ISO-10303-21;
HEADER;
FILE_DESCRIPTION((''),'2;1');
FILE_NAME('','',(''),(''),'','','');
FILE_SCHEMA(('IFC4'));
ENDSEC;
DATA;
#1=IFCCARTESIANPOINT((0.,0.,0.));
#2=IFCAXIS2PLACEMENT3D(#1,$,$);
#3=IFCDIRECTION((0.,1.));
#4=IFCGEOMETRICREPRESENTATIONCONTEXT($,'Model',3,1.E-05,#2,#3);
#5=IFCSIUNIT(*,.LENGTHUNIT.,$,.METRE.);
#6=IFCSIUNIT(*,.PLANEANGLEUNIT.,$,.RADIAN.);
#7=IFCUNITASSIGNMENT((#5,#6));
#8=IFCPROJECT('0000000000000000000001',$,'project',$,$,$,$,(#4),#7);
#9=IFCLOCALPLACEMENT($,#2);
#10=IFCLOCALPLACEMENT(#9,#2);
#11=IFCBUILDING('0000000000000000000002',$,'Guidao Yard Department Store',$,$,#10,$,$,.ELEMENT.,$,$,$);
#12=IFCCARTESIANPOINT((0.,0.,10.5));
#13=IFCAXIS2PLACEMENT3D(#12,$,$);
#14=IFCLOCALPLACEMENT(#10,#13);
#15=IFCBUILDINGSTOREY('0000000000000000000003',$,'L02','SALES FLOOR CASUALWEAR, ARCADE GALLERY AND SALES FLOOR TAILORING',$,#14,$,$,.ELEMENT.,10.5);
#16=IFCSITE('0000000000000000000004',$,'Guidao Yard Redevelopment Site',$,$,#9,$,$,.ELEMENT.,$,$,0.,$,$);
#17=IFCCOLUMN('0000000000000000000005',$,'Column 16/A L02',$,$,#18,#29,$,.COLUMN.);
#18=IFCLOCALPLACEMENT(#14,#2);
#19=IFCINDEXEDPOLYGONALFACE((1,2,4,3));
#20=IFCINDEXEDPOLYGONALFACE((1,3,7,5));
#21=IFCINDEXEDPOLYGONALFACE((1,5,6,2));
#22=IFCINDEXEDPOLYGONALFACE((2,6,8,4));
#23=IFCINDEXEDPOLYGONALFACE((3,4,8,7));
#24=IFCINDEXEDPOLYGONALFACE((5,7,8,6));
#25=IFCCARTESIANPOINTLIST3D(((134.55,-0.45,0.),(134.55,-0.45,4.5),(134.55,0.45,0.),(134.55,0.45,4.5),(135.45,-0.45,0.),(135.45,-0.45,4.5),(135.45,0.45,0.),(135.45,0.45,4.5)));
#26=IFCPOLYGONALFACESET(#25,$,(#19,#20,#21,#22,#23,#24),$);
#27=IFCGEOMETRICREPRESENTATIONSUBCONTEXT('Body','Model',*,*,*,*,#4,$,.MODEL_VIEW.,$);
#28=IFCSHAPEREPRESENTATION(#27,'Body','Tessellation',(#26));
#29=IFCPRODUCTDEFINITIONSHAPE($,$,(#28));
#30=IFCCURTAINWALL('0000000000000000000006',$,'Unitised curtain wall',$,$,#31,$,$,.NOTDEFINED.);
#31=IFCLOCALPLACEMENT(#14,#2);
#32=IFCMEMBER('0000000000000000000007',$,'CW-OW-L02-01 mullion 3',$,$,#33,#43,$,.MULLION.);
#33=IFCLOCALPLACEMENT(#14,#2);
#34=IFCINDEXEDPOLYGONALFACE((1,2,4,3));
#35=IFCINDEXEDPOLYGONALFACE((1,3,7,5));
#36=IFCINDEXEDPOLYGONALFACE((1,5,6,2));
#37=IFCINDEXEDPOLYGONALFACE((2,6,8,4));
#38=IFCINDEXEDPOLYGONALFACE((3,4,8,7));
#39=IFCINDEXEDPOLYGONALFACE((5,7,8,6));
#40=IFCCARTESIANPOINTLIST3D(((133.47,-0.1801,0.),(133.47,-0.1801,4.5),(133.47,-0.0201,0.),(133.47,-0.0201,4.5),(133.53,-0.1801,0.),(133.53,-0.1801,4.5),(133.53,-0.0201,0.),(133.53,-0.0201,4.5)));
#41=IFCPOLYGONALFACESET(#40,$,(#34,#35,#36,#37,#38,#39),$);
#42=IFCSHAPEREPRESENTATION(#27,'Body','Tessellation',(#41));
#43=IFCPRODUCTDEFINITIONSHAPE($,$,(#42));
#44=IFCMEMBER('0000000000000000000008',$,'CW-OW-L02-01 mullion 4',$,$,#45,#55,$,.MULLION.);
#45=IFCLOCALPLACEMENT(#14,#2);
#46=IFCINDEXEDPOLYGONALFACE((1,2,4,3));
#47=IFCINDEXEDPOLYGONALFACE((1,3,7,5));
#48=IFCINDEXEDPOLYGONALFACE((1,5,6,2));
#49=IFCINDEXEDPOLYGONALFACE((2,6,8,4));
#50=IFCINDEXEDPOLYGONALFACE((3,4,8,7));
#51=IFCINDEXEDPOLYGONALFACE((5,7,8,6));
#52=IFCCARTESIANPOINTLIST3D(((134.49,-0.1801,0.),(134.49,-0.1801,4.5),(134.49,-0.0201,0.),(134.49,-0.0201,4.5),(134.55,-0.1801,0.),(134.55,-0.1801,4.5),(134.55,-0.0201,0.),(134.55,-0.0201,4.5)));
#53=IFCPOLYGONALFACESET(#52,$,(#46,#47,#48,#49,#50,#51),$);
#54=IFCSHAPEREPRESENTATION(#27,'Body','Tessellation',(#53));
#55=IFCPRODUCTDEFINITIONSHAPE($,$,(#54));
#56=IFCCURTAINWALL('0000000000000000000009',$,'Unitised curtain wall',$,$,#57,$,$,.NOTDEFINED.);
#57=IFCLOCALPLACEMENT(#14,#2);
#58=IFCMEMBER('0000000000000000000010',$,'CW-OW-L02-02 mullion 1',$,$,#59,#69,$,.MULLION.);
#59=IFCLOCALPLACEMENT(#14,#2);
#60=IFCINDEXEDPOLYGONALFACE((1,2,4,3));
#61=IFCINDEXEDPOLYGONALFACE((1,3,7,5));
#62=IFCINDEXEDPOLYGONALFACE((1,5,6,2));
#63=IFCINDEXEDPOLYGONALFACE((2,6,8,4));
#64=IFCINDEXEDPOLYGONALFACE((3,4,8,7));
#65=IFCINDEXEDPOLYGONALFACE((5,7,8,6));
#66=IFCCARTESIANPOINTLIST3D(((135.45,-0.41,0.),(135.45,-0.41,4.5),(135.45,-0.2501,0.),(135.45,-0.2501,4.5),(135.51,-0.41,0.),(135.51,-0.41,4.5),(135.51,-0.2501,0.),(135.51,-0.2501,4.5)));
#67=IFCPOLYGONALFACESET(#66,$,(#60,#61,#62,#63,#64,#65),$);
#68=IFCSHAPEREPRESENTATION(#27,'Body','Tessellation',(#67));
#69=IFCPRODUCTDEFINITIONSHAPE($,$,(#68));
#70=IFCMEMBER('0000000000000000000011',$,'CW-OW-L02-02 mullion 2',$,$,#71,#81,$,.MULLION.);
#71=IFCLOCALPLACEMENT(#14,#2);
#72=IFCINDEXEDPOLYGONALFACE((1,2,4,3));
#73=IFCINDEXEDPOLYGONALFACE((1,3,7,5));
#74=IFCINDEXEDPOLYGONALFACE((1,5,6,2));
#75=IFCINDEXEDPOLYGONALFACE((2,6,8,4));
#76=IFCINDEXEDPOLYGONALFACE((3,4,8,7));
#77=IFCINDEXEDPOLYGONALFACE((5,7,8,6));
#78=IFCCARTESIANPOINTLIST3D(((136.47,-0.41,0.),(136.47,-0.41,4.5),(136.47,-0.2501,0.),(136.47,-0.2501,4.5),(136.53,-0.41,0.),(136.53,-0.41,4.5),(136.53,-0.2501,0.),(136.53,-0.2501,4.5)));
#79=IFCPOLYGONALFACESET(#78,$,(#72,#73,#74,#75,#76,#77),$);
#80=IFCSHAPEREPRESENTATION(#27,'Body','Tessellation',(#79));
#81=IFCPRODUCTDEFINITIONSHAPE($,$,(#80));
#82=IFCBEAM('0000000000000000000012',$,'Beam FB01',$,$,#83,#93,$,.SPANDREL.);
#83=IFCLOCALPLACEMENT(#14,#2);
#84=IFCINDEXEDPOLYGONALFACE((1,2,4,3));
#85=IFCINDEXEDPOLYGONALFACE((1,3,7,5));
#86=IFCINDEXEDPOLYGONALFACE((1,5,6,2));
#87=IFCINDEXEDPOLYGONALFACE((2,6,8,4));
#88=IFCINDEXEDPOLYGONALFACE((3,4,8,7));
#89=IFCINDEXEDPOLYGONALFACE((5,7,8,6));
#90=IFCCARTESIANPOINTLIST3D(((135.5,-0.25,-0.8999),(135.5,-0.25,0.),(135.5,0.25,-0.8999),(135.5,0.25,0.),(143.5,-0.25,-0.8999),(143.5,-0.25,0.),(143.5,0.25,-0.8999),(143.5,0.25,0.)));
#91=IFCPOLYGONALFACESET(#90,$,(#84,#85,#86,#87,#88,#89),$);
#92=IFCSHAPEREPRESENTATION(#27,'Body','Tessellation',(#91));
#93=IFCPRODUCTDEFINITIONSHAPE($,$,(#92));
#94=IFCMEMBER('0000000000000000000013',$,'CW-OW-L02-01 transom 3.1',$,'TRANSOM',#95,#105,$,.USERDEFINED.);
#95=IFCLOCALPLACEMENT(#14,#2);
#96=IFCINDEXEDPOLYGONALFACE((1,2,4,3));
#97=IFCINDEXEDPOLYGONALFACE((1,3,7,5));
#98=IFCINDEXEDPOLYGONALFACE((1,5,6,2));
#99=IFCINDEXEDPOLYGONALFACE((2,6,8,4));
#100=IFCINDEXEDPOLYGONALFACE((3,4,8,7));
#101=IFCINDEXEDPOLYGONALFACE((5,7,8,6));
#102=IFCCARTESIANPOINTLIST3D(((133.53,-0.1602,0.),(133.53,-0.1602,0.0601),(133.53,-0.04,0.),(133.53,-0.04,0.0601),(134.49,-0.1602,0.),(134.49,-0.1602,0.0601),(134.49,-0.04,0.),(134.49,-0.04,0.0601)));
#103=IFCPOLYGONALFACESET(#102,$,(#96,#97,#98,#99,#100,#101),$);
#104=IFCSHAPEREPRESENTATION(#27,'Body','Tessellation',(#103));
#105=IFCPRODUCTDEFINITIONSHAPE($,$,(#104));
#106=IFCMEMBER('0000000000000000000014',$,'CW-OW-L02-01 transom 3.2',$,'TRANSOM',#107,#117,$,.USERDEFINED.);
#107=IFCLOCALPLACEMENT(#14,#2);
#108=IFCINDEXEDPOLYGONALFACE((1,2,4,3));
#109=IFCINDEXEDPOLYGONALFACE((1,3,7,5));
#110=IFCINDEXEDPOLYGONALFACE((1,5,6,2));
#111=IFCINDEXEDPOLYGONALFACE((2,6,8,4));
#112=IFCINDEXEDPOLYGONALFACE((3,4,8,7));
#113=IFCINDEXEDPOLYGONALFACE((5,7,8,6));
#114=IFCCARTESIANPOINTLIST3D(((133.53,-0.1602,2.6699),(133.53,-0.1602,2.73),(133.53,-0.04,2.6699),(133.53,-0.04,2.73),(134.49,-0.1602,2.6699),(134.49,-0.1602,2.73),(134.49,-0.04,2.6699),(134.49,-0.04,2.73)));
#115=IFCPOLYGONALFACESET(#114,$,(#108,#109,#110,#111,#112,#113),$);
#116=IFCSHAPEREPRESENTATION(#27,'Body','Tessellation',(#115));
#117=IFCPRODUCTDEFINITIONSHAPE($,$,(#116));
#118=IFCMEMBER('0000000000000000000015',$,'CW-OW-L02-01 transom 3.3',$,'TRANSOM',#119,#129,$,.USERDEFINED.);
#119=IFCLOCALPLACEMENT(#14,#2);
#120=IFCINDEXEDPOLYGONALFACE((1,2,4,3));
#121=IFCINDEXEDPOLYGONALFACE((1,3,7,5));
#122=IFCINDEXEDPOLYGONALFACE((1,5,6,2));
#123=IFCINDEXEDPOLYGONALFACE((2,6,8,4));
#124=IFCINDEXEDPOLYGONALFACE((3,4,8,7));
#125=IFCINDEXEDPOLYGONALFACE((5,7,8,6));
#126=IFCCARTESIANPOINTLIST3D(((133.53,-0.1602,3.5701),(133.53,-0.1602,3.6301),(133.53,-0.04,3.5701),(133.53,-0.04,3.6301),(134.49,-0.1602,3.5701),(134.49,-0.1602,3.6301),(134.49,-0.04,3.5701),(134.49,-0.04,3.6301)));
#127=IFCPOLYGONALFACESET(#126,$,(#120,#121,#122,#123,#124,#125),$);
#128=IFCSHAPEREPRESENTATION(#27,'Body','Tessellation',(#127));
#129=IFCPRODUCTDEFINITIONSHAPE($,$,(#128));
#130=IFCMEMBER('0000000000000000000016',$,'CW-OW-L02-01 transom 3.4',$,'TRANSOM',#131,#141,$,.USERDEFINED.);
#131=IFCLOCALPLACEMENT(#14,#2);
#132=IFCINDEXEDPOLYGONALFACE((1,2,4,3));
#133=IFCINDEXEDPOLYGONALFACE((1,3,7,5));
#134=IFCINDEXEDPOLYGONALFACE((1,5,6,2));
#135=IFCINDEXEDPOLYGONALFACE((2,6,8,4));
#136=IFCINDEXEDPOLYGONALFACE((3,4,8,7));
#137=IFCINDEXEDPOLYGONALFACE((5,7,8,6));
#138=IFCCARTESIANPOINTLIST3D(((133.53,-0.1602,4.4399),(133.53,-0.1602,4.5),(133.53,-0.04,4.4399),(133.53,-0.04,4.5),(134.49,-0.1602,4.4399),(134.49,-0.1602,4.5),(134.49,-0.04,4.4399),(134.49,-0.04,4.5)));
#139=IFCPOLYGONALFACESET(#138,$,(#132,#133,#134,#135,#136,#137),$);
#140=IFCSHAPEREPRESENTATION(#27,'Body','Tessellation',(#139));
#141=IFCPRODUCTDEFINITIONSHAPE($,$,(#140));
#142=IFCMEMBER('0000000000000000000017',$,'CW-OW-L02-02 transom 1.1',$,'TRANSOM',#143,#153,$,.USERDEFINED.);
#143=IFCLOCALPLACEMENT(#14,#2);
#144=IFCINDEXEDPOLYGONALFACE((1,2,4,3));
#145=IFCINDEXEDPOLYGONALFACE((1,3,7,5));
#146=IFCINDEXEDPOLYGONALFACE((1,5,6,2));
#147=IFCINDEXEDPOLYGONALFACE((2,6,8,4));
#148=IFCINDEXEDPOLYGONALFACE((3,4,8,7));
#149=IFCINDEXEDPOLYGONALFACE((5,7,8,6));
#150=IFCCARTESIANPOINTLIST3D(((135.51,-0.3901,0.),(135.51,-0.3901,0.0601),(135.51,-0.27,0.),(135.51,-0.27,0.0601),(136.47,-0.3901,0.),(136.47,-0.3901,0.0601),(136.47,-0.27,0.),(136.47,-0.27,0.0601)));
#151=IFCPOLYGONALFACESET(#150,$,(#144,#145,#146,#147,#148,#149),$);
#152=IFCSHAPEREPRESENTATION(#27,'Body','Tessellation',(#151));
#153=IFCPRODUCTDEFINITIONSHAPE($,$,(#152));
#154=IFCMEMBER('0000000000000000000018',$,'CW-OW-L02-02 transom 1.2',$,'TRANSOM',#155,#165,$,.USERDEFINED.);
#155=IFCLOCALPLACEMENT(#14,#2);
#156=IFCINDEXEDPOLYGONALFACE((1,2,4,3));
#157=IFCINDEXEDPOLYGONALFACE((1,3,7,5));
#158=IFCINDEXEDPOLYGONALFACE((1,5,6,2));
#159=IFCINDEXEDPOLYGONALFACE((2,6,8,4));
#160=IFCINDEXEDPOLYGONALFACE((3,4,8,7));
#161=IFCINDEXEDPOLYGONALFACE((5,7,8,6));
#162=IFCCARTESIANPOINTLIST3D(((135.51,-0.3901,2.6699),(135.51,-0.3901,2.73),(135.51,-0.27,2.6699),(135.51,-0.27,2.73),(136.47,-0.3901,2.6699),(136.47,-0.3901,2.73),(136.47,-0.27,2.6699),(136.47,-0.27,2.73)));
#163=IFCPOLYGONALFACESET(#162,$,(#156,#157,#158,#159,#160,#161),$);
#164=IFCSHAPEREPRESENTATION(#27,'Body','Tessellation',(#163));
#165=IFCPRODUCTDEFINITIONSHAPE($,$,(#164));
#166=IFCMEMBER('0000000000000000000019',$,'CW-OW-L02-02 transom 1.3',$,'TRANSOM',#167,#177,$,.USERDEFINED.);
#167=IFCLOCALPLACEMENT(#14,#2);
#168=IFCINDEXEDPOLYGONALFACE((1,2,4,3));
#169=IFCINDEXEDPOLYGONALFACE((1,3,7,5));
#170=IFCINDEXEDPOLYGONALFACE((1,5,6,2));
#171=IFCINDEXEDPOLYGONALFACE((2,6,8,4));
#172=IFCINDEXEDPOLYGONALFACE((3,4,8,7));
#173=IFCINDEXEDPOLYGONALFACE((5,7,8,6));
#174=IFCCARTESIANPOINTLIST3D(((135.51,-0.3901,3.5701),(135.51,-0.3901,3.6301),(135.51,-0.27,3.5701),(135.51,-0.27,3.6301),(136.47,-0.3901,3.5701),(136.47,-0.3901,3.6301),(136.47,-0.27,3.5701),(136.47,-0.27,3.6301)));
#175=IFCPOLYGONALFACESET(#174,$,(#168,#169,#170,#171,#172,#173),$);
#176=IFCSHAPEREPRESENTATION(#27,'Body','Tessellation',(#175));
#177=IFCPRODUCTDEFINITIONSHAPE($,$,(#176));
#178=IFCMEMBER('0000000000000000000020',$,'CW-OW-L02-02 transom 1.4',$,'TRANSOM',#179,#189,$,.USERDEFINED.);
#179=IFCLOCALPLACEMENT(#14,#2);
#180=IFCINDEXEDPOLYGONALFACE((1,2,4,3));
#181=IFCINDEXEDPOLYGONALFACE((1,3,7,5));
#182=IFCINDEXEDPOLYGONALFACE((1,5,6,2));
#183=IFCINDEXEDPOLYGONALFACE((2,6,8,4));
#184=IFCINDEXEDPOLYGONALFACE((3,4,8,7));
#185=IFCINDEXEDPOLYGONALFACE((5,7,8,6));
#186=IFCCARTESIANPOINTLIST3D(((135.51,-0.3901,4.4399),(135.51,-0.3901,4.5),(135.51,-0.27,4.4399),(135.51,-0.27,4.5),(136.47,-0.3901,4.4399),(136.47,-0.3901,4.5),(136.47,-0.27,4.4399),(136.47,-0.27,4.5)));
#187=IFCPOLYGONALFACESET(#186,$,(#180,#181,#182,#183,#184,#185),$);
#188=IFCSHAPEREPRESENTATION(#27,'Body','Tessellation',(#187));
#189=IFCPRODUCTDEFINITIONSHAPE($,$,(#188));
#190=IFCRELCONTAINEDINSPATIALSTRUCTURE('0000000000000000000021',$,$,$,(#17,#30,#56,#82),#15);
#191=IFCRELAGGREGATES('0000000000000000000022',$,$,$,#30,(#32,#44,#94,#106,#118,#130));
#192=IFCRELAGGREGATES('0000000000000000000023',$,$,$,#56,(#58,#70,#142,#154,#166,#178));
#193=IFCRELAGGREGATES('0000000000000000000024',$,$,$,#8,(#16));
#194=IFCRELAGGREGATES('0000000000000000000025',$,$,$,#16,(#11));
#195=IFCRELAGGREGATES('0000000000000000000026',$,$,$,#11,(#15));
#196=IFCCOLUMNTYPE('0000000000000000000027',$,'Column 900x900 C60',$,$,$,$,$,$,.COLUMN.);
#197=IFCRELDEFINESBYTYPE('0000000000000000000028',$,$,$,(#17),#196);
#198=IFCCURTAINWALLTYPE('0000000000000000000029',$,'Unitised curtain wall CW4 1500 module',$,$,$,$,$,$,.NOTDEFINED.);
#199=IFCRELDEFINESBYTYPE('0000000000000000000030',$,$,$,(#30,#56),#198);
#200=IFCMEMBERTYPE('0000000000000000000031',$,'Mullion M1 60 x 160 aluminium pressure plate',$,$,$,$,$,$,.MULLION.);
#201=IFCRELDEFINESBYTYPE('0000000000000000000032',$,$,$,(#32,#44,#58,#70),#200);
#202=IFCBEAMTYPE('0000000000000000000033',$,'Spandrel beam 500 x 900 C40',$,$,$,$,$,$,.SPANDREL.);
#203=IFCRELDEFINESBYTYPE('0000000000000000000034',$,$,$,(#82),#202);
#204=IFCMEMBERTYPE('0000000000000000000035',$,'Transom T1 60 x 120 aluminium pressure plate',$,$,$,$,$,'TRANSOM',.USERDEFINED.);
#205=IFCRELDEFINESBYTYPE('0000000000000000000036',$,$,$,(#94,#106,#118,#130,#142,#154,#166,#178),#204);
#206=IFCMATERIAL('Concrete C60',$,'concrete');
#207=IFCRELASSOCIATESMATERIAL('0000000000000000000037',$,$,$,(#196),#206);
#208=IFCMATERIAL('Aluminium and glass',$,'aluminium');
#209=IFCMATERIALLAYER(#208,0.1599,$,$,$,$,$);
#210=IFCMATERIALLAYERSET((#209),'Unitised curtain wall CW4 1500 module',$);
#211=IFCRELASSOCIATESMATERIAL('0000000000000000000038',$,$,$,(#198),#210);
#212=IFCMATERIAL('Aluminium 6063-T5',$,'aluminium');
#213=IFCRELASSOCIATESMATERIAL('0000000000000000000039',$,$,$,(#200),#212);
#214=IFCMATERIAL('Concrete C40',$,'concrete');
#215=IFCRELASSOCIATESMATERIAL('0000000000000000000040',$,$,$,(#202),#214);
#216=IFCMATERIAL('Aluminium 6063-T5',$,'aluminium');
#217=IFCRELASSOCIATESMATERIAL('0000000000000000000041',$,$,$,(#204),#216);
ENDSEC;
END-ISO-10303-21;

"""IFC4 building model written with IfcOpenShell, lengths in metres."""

from ifc_helpers import new_model, si_unit, direction, frame, origin, origin_2d, place, context, subcontext, project, spatial, rectangle, extrude, material, layer, layer_set, material_profile, profile_set, type_object, element, aggregate, save


model = new_model("IFC4")

# Units and contexts
model_context = context("Model", 3, precision=1e-05, world=origin(), true_north=direction((0.0, 1.0)))
body_context = subcontext(model_context, "Body", "Model", "MODEL_VIEW")
ifc_project = project(units=[si_unit("LENGTHUNIT", "METRE"), si_unit("PLANEANGLEUNIT", "RADIAN")], contexts=[model_context])

# Site, building, storey
site_placement = place(None, origin())
site = spatial("IfcSite", under=ifc_project, at=site_placement, Name="Guidao Yard Redevelopment Site", CompositionType="ELEMENT", RefElevation=0.0)
building_placement = place(site_placement, origin())
building = spatial("IfcBuilding", under=site, at=building_placement, Name="Guidao Yard Department Store", CompositionType="ELEMENT")
storey_placement = place(building_placement, frame((0.0, 0.0, 10.5)))
storey = spatial("IfcBuildingStorey", under=building, at=storey_placement, Name="L02", Description="SALES FLOOR CASUALWEAR, ARCADE GALLERY AND SALES FLOOR TAILORING", CompositionType="ELEMENT", Elevation=10.5)

# Column
ifc_material_1 = material(Name="Concrete C60", Category="concrete")
ifc_material_profile_1 = material_profile(ifc_material_1, rectangle(XDim=0.8999, YDim=0.8999, at=origin_2d()), Name="COL 900x900")
ifc_profile_set_1 = profile_set([ifc_material_profile_1], Name="Concrete C60")
column_type = type_object("IfcColumnType", Name="Column 900x900 C60", PredefinedType="COLUMN", material=ifc_profile_set_1)
column_placement = place(storey_placement, frame((135.0, 0.0, 0.0), z_axis=(0.0, 0.0, 1.0), x_axis=(1.0, 0.0, 0.0)))
element("IfcColumn", 1, at=column_placement, inside=storey, type_object=column_type, Name="Column 16/A L02", PredefinedType="COLUMN", context=body_context, shape_type="SweptSolid", body=[
    extrude(rectangle(XDim=0.8999, YDim=0.8999, at=origin_2d()), origin(), (0.0, 0.0, 1.0), 4.5),
])

# Curtain walls, members
ifc_material_2 = material(Name="Aluminium and glass", Category="aluminium")
ifc_layer_1 = layer(ifc_material_2, 0.1599)
ifc_layer_set_1 = layer_set([ifc_layer_1], Name="Unitised curtain wall CW4 1500 module")
curtain_wall_type = type_object("IfcCurtainWallType", Name="Unitised curtain wall CW4 1500 module", PredefinedType="NOTDEFINED", material=ifc_layer_set_1)
curtain_wall_1_placement = place(storey_placement, origin())
curtain_wall_1 = element("IfcCurtainWall", 2, at=curtain_wall_1_placement, inside=storey, type_object=curtain_wall_type, Name="Unitised curtain wall", PredefinedType="NOTDEFINED")
ifc_material_3 = material(Name="Aluminium 6063-T5", Category="aluminium")
ifc_material_profile_2 = material_profile(ifc_material_3, rectangle(XDim=0.0601, YDim=0.1599, at=origin_2d()), Name="Mullion M1 60 x 160 aluminium pressure plate")
ifc_profile_set_2 = profile_set([ifc_material_profile_2], Name="Aluminium 6063-T5")
member_type_1 = type_object("IfcMemberType", Name="Mullion M1 60 x 160 aluminium pressure plate", PredefinedType="MULLION", material=ifc_profile_set_2)
member_1_placement = place(storey_placement, frame((133.5, -0.1001, 0.0), z_axis=(0.0, 0.0, 1.0), x_axis=(-1.0, 0.0, 0.0)))
member_1 = element("IfcMember", 3, at=member_1_placement, type_object=member_type_1, Name="CW-OW-L02-01 mullion 3", PredefinedType="MULLION", context=body_context, shape_type="SweptSolid", body=[
    extrude(rectangle(XDim=0.0601, YDim=0.1599, at=origin_2d()), origin(), (0.0, 0.0, 1.0), 4.5),
])
member_2_placement = place(storey_placement, frame((134.52, -0.1001, 0.0), z_axis=(0.0, 0.0, 1.0), x_axis=(-1.0, 0.0, 0.0)))
member_2 = element("IfcMember", 4, at=member_2_placement, type_object=member_type_1, Name="CW-OW-L02-01 mullion 4", PredefinedType="MULLION", context=body_context, shape_type="SweptSolid", body=[
    extrude(rectangle(XDim=0.0601, YDim=0.1599, at=origin_2d()), origin(), (0.0, 0.0, 1.0), 4.5),
])
curtain_wall_2_placement = place(storey_placement, origin())
curtain_wall_2 = element("IfcCurtainWall", 5, at=curtain_wall_2_placement, inside=storey, type_object=curtain_wall_type, Name="Unitised curtain wall", PredefinedType="NOTDEFINED")
member_3_placement = place(storey_placement, frame((135.48, -0.3301, 0.0), z_axis=(0.0, 0.0, 1.0), x_axis=(-1.0, 0.0, 0.0)))
member_3 = element("IfcMember", 6, at=member_3_placement, type_object=member_type_1, Name="CW-OW-L02-02 mullion 1", PredefinedType="MULLION", context=body_context, shape_type="SweptSolid", body=[
    extrude(rectangle(XDim=0.0601, YDim=0.1599, at=origin_2d()), origin(), (0.0, 0.0, 1.0), 4.5),
])
member_4_placement = place(storey_placement, frame((136.5, -0.3301, 0.0), z_axis=(0.0, 0.0, 1.0), x_axis=(-1.0, 0.0, 0.0)))
member_4 = element("IfcMember", 7, at=member_4_placement, type_object=member_type_1, Name="CW-OW-L02-02 mullion 2", PredefinedType="MULLION", context=body_context, shape_type="SweptSolid", body=[
    extrude(rectangle(XDim=0.0601, YDim=0.1599, at=origin_2d()), origin(), (0.0, 0.0, 1.0), 4.5),
])

# Beam
ifc_material_4 = material(Name="Concrete C40", Category="concrete")
ifc_material_profile_3 = material_profile(ifc_material_4, rectangle(XDim=0.5, YDim=0.8999, at=origin_2d()), Name="Spandrel beam 500 x 900 C40")
ifc_profile_set_3 = profile_set([ifc_material_profile_3], Name="Concrete C40")
beam_type = type_object("IfcBeamType", Name="Spandrel beam 500 x 900 C40", PredefinedType="SPANDREL", material=ifc_profile_set_3)
beam_placement = place(storey_placement, frame((135.5, 0.0, -0.45), z_axis=(1.0, 0.0, 0.0), x_axis=(0.0, 1.0, 0.0)))
element("IfcBeam", 8, at=beam_placement, inside=storey, type_object=beam_type, Name="Beam FB01", PredefinedType="SPANDREL", context=body_context, shape_type="SweptSolid", body=[
    extrude(rectangle(XDim=0.5, YDim=0.8999, at=origin_2d()), origin(), (0.0, 0.0, 1.0), 8.0),
])

# Members
ifc_material_5 = material(Name="Aluminium 6063-T5", Category="aluminium")
ifc_material_profile_4 = material_profile(ifc_material_5, rectangle(XDim=0.1201, YDim=0.0601, at=origin_2d()), Name="Transom T1 60 x 120 aluminium pressure plate")
ifc_profile_set_4 = profile_set([ifc_material_profile_4], Name="Aluminium 6063-T5")
member_type_2 = type_object("IfcMemberType", Name="Transom T1 60 x 120 aluminium pressure plate", ElementType="TRANSOM", PredefinedType="USERDEFINED", material=ifc_profile_set_4)
member_5_placement = place(storey_placement, frame((134.49, -0.1001, 0.03), z_axis=(-1.0, 0.0, 0.0), x_axis=(0.0, -1.0, 0.0)))
member_5 = element("IfcMember", 9, at=member_5_placement, type_object=member_type_2, Name="CW-OW-L02-01 transom 3.1", ObjectType="TRANSOM", PredefinedType="USERDEFINED", context=body_context, shape_type="SweptSolid", body=[
    extrude(rectangle(XDim=0.1201, YDim=0.0601, at=origin_2d()), origin(), (0.0, 0.0, 1.0), 0.96),
])
member_6_placement = place(storey_placement, frame((134.49, -0.1001, 2.7), z_axis=(-1.0, 0.0, 0.0), x_axis=(0.0, -1.0, 0.0)))
member_6 = element("IfcMember", 10, at=member_6_placement, type_object=member_type_2, Name="CW-OW-L02-01 transom 3.2", ObjectType="TRANSOM", PredefinedType="USERDEFINED", context=body_context, shape_type="SweptSolid", body=[
    extrude(rectangle(XDim=0.1201, YDim=0.0601, at=origin_2d()), origin(), (0.0, 0.0, 1.0), 0.96),
])
member_7_placement = place(storey_placement, frame((134.49, -0.1001, 3.6001), z_axis=(-1.0, 0.0, 0.0), x_axis=(0.0, -1.0, 0.0)))
member_7 = element("IfcMember", 11, at=member_7_placement, type_object=member_type_2, Name="CW-OW-L02-01 transom 3.3", ObjectType="TRANSOM", PredefinedType="USERDEFINED", context=body_context, shape_type="SweptSolid", body=[
    extrude(rectangle(XDim=0.1201, YDim=0.0601, at=origin_2d()), origin(), (0.0, 0.0, 1.0), 0.96),
])
member_8_placement = place(storey_placement, frame((134.49, -0.1001, 4.47), z_axis=(-1.0, 0.0, 0.0), x_axis=(0.0, -1.0, 0.0)))
member_8 = element("IfcMember", 12, at=member_8_placement, type_object=member_type_2, Name="CW-OW-L02-01 transom 3.4", ObjectType="TRANSOM", PredefinedType="USERDEFINED", context=body_context, shape_type="SweptSolid", body=[
    extrude(rectangle(XDim=0.1201, YDim=0.0601, at=origin_2d()), origin(), (0.0, 0.0, 1.0), 0.96),
])
member_9_placement = place(storey_placement, frame((136.47, -0.3301, 0.03), z_axis=(-1.0, 0.0, 0.0), x_axis=(0.0, -1.0, 0.0)))
member_9 = element("IfcMember", 13, at=member_9_placement, type_object=member_type_2, Name="CW-OW-L02-02 transom 1.1", ObjectType="TRANSOM", PredefinedType="USERDEFINED", context=body_context, shape_type="SweptSolid", body=[
    extrude(rectangle(XDim=0.1201, YDim=0.0601, at=origin_2d()), origin(), (0.0, 0.0, 1.0), 0.96),
])
member_10_placement = place(storey_placement, frame((136.47, -0.3301, 2.7), z_axis=(-1.0, 0.0, 0.0), x_axis=(0.0, -1.0, 0.0)))
member_10 = element("IfcMember", 14, at=member_10_placement, type_object=member_type_2, Name="CW-OW-L02-02 transom 1.2", ObjectType="TRANSOM", PredefinedType="USERDEFINED", context=body_context, shape_type="SweptSolid", body=[
    extrude(rectangle(XDim=0.1201, YDim=0.0601, at=origin_2d()), origin(), (0.0, 0.0, 1.0), 0.96),
])
member_11_placement = place(storey_placement, frame((136.47, -0.3301, 3.6001), z_axis=(-1.0, 0.0, 0.0), x_axis=(0.0, -1.0, 0.0)))
member_11 = element("IfcMember", 15, at=member_11_placement, type_object=member_type_2, Name="CW-OW-L02-02 transom 1.3", ObjectType="TRANSOM", PredefinedType="USERDEFINED", context=body_context, shape_type="SweptSolid", body=[
    extrude(rectangle(XDim=0.1201, YDim=0.0601, at=origin_2d()), origin(), (0.0, 0.0, 1.0), 0.96),
])
member_12_placement = place(storey_placement, frame((136.47, -0.3301, 4.47), z_axis=(-1.0, 0.0, 0.0), x_axis=(0.0, -1.0, 0.0)))
member_12 = element("IfcMember", 16, at=member_12_placement, type_object=member_type_2, Name="CW-OW-L02-02 transom 1.4", ObjectType="TRANSOM", PredefinedType="USERDEFINED", context=body_context, shape_type="SweptSolid", body=[
    extrude(rectangle(XDim=0.1201, YDim=0.0601, at=origin_2d()), origin(), (0.0, 0.0, 1.0), 0.96),
])

aggregate(curtain_wall_1, [member_1, member_2, member_5, member_6, member_7, member_8])
aggregate(curtain_wall_2, [member_3, member_4, member_9, member_10, member_11, member_12])

save(model, "model.ifc")
